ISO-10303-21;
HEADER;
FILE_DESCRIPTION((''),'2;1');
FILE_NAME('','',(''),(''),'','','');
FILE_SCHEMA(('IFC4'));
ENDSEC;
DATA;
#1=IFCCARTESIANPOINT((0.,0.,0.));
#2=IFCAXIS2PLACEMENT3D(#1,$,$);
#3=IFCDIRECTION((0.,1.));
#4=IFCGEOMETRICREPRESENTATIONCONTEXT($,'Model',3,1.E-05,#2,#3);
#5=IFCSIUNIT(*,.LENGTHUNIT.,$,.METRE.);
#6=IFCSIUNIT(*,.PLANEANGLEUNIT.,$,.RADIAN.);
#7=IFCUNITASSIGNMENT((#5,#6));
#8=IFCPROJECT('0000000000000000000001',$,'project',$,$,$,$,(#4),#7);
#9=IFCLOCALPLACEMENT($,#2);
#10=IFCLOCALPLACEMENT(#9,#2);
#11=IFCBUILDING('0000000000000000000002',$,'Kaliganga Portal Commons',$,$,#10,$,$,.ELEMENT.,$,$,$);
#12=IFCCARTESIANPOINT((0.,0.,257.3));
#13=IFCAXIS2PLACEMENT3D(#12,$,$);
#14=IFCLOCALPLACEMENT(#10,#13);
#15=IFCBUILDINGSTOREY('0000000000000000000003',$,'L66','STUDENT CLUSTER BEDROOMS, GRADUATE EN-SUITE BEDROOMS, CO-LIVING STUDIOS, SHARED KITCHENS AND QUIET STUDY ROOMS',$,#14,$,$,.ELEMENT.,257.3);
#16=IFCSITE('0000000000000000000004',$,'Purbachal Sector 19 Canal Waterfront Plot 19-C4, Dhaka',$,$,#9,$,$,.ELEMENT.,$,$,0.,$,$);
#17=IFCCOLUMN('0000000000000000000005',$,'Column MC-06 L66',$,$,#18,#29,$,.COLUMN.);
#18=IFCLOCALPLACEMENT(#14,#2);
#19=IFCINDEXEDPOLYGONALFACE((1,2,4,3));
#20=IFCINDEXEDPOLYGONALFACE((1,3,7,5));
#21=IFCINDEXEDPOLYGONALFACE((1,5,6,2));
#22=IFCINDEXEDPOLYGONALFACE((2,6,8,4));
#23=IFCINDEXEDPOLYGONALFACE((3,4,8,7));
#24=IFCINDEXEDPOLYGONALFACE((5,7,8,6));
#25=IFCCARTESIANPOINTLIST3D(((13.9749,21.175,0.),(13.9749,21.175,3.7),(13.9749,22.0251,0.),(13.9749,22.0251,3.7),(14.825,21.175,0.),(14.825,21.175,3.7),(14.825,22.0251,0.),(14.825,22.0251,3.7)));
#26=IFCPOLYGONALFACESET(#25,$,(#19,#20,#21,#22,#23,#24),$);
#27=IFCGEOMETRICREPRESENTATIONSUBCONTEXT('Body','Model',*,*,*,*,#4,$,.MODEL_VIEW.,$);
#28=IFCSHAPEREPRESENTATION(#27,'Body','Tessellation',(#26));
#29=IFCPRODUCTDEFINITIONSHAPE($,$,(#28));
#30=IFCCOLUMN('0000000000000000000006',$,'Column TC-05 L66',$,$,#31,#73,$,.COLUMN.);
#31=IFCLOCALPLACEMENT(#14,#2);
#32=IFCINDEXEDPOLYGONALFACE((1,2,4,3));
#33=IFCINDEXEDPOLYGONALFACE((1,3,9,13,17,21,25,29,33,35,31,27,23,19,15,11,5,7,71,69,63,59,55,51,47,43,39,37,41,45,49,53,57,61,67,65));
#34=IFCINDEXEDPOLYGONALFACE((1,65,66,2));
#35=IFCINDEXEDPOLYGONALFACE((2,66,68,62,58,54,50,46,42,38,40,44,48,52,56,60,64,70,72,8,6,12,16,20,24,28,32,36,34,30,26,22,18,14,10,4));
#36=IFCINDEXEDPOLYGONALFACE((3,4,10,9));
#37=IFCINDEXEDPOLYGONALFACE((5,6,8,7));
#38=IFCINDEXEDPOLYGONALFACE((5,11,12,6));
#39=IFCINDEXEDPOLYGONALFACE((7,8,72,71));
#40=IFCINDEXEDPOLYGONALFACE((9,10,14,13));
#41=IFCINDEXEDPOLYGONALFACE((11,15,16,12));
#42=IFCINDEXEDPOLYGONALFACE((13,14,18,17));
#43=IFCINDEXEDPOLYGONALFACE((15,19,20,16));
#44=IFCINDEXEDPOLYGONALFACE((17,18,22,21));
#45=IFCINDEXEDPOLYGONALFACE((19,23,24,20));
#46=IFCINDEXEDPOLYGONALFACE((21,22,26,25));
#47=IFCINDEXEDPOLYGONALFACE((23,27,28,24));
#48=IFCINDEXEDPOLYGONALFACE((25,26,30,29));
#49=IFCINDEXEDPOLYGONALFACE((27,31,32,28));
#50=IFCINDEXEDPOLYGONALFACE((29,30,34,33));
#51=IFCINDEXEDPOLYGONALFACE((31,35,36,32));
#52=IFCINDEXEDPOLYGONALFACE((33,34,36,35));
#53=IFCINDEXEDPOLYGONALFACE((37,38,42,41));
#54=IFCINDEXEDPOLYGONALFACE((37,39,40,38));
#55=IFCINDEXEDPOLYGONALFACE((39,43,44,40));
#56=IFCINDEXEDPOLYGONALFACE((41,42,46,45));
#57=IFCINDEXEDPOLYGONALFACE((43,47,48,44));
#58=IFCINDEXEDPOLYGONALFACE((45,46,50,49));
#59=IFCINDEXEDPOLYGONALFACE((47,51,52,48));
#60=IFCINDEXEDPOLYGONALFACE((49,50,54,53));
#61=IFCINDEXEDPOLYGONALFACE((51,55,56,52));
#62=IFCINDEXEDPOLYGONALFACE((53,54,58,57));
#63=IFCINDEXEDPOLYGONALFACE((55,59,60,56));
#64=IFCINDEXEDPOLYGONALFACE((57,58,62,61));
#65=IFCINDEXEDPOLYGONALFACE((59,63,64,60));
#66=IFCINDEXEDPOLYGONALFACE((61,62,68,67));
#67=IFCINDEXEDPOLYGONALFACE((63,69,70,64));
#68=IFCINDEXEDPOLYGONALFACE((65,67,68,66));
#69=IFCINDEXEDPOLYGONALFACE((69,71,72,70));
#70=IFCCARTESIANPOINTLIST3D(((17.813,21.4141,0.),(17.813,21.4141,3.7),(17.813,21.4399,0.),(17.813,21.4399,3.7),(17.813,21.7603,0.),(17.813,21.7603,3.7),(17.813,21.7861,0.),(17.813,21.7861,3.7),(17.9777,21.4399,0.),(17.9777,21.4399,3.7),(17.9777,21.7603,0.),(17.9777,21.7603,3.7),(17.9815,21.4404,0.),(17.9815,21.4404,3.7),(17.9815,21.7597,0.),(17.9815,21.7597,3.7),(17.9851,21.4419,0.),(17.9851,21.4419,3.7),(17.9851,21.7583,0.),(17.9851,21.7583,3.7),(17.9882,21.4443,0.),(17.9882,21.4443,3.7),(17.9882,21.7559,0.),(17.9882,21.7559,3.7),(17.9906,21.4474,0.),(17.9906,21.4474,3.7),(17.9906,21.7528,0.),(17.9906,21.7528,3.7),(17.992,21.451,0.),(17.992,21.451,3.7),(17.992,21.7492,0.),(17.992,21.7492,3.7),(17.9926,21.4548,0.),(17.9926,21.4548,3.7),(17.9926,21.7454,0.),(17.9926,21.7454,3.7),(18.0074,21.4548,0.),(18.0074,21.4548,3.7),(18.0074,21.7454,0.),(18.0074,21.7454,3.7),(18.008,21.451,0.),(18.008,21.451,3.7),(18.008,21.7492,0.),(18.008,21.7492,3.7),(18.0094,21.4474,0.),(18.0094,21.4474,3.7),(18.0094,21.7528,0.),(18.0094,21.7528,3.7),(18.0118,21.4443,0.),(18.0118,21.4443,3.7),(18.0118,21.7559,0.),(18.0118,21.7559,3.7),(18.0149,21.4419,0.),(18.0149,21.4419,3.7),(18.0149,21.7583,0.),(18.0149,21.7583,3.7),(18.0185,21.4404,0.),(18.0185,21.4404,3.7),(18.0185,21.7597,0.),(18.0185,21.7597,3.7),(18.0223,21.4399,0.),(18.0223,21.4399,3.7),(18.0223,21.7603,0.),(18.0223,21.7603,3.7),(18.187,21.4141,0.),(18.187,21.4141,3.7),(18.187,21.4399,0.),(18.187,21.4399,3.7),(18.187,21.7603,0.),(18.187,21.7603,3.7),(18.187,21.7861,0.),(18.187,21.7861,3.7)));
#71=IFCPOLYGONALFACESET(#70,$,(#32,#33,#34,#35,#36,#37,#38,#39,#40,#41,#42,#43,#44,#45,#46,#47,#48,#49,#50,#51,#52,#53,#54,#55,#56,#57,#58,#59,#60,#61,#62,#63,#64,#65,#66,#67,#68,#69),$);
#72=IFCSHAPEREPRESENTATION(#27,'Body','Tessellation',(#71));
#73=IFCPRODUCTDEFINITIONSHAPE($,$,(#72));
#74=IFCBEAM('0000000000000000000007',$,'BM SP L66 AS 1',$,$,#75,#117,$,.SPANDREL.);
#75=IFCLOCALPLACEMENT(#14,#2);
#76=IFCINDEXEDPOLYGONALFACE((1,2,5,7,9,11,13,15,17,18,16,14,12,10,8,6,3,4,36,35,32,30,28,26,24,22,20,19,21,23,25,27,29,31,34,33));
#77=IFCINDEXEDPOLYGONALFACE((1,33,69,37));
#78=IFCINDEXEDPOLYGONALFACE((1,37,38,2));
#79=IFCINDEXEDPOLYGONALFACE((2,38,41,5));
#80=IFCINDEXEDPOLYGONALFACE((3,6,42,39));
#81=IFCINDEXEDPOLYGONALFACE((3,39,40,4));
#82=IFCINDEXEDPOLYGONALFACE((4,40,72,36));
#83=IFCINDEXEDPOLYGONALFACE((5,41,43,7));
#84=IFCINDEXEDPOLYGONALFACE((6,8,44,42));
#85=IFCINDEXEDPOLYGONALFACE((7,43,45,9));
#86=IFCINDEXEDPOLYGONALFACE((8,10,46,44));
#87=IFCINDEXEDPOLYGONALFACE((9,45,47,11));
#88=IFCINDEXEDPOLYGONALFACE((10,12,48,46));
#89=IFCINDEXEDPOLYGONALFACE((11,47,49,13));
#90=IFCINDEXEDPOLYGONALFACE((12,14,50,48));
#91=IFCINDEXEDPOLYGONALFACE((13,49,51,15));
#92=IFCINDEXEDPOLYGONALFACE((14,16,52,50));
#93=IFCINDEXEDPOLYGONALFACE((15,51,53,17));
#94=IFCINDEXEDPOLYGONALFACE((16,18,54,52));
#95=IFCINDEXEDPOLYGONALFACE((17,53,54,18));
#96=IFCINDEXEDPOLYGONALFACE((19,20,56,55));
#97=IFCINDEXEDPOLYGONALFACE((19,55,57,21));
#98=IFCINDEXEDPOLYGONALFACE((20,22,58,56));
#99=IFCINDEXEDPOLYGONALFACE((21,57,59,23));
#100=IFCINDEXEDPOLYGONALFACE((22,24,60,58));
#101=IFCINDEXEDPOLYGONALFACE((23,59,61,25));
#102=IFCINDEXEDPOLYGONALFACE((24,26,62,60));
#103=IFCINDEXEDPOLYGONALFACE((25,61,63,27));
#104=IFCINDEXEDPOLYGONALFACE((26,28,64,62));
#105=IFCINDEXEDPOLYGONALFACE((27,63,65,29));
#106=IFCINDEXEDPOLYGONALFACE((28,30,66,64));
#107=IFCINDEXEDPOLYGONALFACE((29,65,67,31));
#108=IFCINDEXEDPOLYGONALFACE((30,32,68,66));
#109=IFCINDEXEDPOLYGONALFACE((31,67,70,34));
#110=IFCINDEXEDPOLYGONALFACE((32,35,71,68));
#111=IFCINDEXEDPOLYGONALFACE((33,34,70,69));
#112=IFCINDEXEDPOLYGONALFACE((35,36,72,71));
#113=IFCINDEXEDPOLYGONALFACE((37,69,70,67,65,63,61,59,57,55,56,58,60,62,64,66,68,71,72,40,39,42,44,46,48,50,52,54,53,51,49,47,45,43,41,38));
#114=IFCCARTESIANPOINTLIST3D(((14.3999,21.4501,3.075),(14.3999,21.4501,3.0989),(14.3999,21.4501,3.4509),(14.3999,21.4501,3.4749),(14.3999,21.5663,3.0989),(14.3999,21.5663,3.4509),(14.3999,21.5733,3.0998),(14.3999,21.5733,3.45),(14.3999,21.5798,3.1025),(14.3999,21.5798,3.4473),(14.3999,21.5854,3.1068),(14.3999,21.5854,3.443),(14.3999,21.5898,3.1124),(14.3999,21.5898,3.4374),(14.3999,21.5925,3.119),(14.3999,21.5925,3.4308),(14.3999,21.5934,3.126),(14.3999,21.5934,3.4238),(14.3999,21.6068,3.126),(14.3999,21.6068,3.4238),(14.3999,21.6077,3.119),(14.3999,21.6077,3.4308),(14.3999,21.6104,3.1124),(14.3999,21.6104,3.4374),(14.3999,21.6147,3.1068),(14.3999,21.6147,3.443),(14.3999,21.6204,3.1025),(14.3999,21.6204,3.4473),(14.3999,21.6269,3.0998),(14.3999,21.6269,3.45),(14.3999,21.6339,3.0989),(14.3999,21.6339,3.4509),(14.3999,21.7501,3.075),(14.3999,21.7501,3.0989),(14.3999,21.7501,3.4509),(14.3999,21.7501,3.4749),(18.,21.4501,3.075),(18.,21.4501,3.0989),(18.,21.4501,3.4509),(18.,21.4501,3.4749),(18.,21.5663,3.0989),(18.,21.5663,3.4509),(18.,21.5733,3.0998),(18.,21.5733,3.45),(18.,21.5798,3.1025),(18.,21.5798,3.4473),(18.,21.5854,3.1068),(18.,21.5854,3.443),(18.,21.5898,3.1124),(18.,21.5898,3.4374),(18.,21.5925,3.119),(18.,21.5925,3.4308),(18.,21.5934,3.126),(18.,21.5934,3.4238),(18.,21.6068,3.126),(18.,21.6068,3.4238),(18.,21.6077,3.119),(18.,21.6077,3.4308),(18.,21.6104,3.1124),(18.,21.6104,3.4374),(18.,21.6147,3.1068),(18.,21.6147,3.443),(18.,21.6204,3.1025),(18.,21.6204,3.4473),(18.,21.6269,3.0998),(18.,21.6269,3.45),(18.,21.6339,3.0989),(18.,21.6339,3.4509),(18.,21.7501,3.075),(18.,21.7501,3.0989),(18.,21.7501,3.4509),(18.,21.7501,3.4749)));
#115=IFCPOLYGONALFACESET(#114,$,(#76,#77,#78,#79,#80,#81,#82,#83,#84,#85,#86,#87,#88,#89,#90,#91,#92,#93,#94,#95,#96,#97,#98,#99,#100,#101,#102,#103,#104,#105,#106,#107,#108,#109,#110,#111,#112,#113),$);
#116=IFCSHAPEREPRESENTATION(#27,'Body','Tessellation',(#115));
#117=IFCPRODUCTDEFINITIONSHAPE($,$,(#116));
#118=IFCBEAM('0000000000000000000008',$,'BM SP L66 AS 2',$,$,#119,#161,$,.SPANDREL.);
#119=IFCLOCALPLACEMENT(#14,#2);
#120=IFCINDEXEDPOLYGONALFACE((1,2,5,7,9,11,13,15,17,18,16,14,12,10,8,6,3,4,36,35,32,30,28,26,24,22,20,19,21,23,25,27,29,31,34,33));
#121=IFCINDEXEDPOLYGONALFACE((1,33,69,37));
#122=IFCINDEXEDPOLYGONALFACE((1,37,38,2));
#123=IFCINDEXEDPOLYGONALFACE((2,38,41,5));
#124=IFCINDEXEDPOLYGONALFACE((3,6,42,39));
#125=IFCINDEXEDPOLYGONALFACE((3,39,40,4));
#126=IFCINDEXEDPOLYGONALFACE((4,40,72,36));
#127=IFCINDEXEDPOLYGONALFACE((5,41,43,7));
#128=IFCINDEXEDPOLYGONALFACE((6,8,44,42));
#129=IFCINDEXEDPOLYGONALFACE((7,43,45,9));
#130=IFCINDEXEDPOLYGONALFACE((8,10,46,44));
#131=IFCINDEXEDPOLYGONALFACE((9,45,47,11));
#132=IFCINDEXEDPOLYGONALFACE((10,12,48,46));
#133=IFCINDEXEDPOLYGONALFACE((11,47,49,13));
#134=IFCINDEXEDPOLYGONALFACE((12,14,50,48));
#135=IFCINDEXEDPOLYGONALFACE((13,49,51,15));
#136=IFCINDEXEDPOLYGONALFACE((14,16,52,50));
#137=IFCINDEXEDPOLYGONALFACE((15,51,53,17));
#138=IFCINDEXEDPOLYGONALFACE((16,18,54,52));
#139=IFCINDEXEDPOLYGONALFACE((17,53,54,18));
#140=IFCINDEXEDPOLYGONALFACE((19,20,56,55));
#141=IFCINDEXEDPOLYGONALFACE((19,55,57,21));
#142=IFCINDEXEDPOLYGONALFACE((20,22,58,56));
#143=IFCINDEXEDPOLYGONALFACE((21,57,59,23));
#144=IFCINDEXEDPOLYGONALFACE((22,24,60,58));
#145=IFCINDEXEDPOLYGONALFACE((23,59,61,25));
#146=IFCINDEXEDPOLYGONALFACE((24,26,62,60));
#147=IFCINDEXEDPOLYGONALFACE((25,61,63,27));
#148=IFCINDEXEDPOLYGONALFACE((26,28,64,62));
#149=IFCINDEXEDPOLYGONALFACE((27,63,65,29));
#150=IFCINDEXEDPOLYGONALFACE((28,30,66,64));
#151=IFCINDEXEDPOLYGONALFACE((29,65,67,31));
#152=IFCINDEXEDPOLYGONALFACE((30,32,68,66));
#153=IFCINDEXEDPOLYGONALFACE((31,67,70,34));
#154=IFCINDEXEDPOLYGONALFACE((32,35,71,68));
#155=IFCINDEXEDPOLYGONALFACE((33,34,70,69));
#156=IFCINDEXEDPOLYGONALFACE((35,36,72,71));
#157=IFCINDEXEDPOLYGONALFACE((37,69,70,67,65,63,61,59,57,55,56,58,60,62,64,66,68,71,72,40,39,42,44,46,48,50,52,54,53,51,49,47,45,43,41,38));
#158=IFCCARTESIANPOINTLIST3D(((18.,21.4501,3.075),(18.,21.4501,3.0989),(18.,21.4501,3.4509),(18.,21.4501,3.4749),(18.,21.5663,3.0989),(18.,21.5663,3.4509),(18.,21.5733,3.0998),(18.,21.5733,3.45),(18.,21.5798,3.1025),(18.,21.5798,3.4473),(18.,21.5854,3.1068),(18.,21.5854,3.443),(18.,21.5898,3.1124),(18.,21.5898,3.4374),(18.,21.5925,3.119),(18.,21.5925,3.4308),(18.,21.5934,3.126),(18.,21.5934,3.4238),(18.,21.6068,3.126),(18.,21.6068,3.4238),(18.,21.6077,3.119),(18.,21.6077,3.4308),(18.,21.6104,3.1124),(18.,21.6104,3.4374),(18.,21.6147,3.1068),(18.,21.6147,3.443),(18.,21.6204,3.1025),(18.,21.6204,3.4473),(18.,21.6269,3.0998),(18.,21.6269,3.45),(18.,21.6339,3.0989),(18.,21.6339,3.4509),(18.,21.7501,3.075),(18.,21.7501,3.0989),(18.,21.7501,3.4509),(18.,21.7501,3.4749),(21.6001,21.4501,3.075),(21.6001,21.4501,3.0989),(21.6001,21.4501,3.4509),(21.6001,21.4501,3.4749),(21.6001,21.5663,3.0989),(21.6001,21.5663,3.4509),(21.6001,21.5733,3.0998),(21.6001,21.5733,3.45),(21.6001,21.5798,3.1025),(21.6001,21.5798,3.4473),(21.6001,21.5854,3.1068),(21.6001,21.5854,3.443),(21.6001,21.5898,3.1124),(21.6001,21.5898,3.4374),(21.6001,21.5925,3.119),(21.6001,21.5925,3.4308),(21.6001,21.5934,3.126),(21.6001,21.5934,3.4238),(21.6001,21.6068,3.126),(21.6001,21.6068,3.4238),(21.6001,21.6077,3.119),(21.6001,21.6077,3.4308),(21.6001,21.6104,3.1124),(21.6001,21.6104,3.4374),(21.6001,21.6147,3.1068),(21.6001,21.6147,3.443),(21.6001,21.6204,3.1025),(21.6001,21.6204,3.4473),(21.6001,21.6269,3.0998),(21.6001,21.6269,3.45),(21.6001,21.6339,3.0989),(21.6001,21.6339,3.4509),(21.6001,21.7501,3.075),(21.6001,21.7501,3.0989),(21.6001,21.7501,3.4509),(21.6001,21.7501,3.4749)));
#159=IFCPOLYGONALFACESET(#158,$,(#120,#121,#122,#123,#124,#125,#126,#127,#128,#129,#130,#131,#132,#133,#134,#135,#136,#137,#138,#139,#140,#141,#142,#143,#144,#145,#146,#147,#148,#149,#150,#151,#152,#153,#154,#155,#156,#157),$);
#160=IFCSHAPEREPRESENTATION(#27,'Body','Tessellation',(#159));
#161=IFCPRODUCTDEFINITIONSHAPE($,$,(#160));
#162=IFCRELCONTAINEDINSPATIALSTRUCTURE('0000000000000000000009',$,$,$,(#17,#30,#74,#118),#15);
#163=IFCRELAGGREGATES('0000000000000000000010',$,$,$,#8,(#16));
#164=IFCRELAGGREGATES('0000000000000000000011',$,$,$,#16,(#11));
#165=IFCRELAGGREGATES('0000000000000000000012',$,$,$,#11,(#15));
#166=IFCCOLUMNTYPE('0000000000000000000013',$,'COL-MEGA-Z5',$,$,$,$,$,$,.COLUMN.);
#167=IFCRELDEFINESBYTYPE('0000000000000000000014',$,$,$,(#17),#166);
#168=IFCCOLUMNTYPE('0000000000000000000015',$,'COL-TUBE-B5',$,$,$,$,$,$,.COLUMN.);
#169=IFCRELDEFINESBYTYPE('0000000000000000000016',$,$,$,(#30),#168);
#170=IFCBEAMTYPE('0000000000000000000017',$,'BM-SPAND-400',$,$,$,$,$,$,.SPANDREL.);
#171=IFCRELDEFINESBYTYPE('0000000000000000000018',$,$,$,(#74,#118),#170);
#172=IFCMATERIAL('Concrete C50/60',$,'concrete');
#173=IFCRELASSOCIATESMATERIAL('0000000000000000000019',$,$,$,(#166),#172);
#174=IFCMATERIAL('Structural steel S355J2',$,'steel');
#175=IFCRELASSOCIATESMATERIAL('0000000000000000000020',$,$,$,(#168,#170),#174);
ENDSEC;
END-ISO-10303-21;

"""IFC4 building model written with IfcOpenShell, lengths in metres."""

from ifc_helpers import new_model, si_unit, direction, frame, origin, origin_2d, place, context, subcontext, project, spatial, rectangle, i_section, extrude, source, transform, mapped, material, material_profile, profile_set, type_object, element, save


model = new_model("IFC4")

# Units and contexts
model_context = context("Model", 3, precision=1e-05, world=origin(), true_north=direction((0.0, 1.0)))
body_context = subcontext(model_context, "Body", "Model", "MODEL_VIEW")
ifc_project = project(units=[si_unit("LENGTHUNIT", "METRE"), si_unit("PLANEANGLEUNIT", "RADIAN")], contexts=[model_context])

# Site, building, storey
site_placement = place(None, origin())
site = spatial("IfcSite", under=ifc_project, at=site_placement, Name="Purbachal Sector 19 Canal Waterfront Plot 19-C4, Dhaka", CompositionType="ELEMENT", RefElevation=0.0)
building_placement = place(site_placement, origin())
building = spatial("IfcBuilding", under=site, at=building_placement, Name="Kaliganga Portal Commons", CompositionType="ELEMENT")
storey_placement = place(building_placement, frame((0.0, 0.0, 257.3)))
storey = spatial("IfcBuildingStorey", under=building, at=storey_placement, Name="L66", Description="STUDENT CLUSTER BEDROOMS, GRADUATE EN-SUITE BEDROOMS, CO-LIVING STUDIOS, SHARED KITCHENS AND QUIET STUDY ROOMS", CompositionType="ELEMENT", Elevation=257.3)

# Columns
ifc_material_1 = material(Name="Concrete C50/60", Category="concrete")
ifc_material_profile_1 = material_profile(ifc_material_1, rectangle(XDim=0.8501, YDim=0.8501, at=origin_2d()), Name="RC 850x850")
ifc_profile_set_1 = profile_set([ifc_material_profile_1], Name="Concrete C50/60")
column_type_1 = type_object("IfcColumnType", Name="COL-MEGA-Z5", PredefinedType="COLUMN", material=ifc_profile_set_1)
shared_shape_1 = source(origin(), body_context, "Body", "SweptSolid", [
    extrude(rectangle(XDim=0.8501, YDim=0.8501, at=origin_2d()), origin(), (0.0, 0.0, 1.0), 3.7),
])
column_1_placement = place(storey_placement, frame((14.3999, 21.6001, 0.0), z_axis=(0.0, 0.0, 1.0), x_axis=(1.0, 0.0, 0.0)))
element("IfcColumn", 1, at=column_1_placement, inside=storey, type_object=column_type_1, Name="Column MC-06 L66", PredefinedType="COLUMN", context=body_context, shape_type="MappedRepresentation", body=[
    mapped(shared_shape_1, transform((0.0, 0.0, 0.0), x_axis=(1.0, 0.0, 0.0), y_axis=(0.0, 1.0, 0.0), z_axis=(0.0, 0.0, 1.0), scale=1.0)),
])
ifc_material_2 = material(Name="Structural steel S355J2", Category="steel")
ifc_material_profile_2 = material_profile(ifc_material_2, i_section(OverallWidth=0.374, OverallDepth=0.3721, WebThickness=0.0149, FlangeThickness=0.0259, FilletRadius=0.0149, at=origin_2d()), Name="HD 360x196")
ifc_profile_set_2 = profile_set([ifc_material_profile_2], Name="Structural steel S355J2 wide-flange")
column_type_2 = type_object("IfcColumnType", Name="COL-TUBE-B5", PredefinedType="COLUMN", material=ifc_profile_set_2)
shared_shape_2 = source(origin(), body_context, "Body", "SweptSolid", [
    extrude(i_section(OverallWidth=0.374, OverallDepth=0.3721, WebThickness=0.0149, FlangeThickness=0.0259, FilletRadius=0.0149, at=origin_2d()), origin(), (0.0, 0.0, 1.0), 3.7),
])
column_2_placement = place(storey_placement, frame((18.0, 21.6001, 0.0), z_axis=(0.0, 0.0, 1.0), x_axis=(1.0, 0.0, 0.0)))
element("IfcColumn", 2, at=column_2_placement, inside=storey, type_object=column_type_2, Name="Column TC-05 L66", PredefinedType="COLUMN", context=body_context, shape_type="MappedRepresentation", body=[
    mapped(shared_shape_2, transform((0.0, 0.0, 0.0), x_axis=(1.0, 0.0, 0.0), y_axis=(0.0, 1.0, 0.0), z_axis=(0.0, 0.0, 1.0), scale=1.0)),
])

# Beams
ifc_material_profile_3 = material_profile(ifc_material_2, i_section(OverallWidth=0.3, OverallDepth=0.3999, WebThickness=0.0134, FlangeThickness=0.0239, FilletRadius=0.0271, at=origin_2d()), Name="HE 400 B")
ifc_profile_set_3 = profile_set([ifc_material_profile_3], Name="Structural steel S355J2 wide-flange")
beam_type_1 = type_object("IfcBeamType", Name="BM-SPAND-400", PredefinedType="SPANDREL", material=ifc_profile_set_3)
shared_shape_3 = source(origin(), body_context, "Body", "SweptSolid", [
    extrude(i_section(OverallWidth=0.3, OverallDepth=0.3999, WebThickness=0.0134, FlangeThickness=0.0239, FilletRadius=0.0271, at=origin_2d()), origin(), (0.0, 0.0, 1.0), 3.6001),
])
for number, where, z_axis, x_axis, name in (
    (3, (14.3999, 21.6001, 3.2749), (1.0, 0.0, 0.0), (0.0, 1.0, 0.0), "BM SP L66 AS 1"),
    (4, (18.0, 21.6001, 3.2749), (1.0, 0.0, 0.0), (0.0, 1.0, 0.0), "BM SP L66 AS 2"),
):
    element("IfcBeam", number, at=place(storey_placement, frame(where, z_axis=z_axis, x_axis=x_axis)), inside=storey, type_object=beam_type_1, Name=name, PredefinedType="SPANDREL", context=body_context, shape_type="MappedRepresentation", body=[
        mapped(shared_shape_3, transform((0.0, 0.0, 0.0), x_axis=(1.0, 0.0, 0.0), y_axis=(0.0, 1.0, 0.0), z_axis=(0.0, 0.0, 1.0), scale=1.0)),
    ])

save(model, "model.ifc")
